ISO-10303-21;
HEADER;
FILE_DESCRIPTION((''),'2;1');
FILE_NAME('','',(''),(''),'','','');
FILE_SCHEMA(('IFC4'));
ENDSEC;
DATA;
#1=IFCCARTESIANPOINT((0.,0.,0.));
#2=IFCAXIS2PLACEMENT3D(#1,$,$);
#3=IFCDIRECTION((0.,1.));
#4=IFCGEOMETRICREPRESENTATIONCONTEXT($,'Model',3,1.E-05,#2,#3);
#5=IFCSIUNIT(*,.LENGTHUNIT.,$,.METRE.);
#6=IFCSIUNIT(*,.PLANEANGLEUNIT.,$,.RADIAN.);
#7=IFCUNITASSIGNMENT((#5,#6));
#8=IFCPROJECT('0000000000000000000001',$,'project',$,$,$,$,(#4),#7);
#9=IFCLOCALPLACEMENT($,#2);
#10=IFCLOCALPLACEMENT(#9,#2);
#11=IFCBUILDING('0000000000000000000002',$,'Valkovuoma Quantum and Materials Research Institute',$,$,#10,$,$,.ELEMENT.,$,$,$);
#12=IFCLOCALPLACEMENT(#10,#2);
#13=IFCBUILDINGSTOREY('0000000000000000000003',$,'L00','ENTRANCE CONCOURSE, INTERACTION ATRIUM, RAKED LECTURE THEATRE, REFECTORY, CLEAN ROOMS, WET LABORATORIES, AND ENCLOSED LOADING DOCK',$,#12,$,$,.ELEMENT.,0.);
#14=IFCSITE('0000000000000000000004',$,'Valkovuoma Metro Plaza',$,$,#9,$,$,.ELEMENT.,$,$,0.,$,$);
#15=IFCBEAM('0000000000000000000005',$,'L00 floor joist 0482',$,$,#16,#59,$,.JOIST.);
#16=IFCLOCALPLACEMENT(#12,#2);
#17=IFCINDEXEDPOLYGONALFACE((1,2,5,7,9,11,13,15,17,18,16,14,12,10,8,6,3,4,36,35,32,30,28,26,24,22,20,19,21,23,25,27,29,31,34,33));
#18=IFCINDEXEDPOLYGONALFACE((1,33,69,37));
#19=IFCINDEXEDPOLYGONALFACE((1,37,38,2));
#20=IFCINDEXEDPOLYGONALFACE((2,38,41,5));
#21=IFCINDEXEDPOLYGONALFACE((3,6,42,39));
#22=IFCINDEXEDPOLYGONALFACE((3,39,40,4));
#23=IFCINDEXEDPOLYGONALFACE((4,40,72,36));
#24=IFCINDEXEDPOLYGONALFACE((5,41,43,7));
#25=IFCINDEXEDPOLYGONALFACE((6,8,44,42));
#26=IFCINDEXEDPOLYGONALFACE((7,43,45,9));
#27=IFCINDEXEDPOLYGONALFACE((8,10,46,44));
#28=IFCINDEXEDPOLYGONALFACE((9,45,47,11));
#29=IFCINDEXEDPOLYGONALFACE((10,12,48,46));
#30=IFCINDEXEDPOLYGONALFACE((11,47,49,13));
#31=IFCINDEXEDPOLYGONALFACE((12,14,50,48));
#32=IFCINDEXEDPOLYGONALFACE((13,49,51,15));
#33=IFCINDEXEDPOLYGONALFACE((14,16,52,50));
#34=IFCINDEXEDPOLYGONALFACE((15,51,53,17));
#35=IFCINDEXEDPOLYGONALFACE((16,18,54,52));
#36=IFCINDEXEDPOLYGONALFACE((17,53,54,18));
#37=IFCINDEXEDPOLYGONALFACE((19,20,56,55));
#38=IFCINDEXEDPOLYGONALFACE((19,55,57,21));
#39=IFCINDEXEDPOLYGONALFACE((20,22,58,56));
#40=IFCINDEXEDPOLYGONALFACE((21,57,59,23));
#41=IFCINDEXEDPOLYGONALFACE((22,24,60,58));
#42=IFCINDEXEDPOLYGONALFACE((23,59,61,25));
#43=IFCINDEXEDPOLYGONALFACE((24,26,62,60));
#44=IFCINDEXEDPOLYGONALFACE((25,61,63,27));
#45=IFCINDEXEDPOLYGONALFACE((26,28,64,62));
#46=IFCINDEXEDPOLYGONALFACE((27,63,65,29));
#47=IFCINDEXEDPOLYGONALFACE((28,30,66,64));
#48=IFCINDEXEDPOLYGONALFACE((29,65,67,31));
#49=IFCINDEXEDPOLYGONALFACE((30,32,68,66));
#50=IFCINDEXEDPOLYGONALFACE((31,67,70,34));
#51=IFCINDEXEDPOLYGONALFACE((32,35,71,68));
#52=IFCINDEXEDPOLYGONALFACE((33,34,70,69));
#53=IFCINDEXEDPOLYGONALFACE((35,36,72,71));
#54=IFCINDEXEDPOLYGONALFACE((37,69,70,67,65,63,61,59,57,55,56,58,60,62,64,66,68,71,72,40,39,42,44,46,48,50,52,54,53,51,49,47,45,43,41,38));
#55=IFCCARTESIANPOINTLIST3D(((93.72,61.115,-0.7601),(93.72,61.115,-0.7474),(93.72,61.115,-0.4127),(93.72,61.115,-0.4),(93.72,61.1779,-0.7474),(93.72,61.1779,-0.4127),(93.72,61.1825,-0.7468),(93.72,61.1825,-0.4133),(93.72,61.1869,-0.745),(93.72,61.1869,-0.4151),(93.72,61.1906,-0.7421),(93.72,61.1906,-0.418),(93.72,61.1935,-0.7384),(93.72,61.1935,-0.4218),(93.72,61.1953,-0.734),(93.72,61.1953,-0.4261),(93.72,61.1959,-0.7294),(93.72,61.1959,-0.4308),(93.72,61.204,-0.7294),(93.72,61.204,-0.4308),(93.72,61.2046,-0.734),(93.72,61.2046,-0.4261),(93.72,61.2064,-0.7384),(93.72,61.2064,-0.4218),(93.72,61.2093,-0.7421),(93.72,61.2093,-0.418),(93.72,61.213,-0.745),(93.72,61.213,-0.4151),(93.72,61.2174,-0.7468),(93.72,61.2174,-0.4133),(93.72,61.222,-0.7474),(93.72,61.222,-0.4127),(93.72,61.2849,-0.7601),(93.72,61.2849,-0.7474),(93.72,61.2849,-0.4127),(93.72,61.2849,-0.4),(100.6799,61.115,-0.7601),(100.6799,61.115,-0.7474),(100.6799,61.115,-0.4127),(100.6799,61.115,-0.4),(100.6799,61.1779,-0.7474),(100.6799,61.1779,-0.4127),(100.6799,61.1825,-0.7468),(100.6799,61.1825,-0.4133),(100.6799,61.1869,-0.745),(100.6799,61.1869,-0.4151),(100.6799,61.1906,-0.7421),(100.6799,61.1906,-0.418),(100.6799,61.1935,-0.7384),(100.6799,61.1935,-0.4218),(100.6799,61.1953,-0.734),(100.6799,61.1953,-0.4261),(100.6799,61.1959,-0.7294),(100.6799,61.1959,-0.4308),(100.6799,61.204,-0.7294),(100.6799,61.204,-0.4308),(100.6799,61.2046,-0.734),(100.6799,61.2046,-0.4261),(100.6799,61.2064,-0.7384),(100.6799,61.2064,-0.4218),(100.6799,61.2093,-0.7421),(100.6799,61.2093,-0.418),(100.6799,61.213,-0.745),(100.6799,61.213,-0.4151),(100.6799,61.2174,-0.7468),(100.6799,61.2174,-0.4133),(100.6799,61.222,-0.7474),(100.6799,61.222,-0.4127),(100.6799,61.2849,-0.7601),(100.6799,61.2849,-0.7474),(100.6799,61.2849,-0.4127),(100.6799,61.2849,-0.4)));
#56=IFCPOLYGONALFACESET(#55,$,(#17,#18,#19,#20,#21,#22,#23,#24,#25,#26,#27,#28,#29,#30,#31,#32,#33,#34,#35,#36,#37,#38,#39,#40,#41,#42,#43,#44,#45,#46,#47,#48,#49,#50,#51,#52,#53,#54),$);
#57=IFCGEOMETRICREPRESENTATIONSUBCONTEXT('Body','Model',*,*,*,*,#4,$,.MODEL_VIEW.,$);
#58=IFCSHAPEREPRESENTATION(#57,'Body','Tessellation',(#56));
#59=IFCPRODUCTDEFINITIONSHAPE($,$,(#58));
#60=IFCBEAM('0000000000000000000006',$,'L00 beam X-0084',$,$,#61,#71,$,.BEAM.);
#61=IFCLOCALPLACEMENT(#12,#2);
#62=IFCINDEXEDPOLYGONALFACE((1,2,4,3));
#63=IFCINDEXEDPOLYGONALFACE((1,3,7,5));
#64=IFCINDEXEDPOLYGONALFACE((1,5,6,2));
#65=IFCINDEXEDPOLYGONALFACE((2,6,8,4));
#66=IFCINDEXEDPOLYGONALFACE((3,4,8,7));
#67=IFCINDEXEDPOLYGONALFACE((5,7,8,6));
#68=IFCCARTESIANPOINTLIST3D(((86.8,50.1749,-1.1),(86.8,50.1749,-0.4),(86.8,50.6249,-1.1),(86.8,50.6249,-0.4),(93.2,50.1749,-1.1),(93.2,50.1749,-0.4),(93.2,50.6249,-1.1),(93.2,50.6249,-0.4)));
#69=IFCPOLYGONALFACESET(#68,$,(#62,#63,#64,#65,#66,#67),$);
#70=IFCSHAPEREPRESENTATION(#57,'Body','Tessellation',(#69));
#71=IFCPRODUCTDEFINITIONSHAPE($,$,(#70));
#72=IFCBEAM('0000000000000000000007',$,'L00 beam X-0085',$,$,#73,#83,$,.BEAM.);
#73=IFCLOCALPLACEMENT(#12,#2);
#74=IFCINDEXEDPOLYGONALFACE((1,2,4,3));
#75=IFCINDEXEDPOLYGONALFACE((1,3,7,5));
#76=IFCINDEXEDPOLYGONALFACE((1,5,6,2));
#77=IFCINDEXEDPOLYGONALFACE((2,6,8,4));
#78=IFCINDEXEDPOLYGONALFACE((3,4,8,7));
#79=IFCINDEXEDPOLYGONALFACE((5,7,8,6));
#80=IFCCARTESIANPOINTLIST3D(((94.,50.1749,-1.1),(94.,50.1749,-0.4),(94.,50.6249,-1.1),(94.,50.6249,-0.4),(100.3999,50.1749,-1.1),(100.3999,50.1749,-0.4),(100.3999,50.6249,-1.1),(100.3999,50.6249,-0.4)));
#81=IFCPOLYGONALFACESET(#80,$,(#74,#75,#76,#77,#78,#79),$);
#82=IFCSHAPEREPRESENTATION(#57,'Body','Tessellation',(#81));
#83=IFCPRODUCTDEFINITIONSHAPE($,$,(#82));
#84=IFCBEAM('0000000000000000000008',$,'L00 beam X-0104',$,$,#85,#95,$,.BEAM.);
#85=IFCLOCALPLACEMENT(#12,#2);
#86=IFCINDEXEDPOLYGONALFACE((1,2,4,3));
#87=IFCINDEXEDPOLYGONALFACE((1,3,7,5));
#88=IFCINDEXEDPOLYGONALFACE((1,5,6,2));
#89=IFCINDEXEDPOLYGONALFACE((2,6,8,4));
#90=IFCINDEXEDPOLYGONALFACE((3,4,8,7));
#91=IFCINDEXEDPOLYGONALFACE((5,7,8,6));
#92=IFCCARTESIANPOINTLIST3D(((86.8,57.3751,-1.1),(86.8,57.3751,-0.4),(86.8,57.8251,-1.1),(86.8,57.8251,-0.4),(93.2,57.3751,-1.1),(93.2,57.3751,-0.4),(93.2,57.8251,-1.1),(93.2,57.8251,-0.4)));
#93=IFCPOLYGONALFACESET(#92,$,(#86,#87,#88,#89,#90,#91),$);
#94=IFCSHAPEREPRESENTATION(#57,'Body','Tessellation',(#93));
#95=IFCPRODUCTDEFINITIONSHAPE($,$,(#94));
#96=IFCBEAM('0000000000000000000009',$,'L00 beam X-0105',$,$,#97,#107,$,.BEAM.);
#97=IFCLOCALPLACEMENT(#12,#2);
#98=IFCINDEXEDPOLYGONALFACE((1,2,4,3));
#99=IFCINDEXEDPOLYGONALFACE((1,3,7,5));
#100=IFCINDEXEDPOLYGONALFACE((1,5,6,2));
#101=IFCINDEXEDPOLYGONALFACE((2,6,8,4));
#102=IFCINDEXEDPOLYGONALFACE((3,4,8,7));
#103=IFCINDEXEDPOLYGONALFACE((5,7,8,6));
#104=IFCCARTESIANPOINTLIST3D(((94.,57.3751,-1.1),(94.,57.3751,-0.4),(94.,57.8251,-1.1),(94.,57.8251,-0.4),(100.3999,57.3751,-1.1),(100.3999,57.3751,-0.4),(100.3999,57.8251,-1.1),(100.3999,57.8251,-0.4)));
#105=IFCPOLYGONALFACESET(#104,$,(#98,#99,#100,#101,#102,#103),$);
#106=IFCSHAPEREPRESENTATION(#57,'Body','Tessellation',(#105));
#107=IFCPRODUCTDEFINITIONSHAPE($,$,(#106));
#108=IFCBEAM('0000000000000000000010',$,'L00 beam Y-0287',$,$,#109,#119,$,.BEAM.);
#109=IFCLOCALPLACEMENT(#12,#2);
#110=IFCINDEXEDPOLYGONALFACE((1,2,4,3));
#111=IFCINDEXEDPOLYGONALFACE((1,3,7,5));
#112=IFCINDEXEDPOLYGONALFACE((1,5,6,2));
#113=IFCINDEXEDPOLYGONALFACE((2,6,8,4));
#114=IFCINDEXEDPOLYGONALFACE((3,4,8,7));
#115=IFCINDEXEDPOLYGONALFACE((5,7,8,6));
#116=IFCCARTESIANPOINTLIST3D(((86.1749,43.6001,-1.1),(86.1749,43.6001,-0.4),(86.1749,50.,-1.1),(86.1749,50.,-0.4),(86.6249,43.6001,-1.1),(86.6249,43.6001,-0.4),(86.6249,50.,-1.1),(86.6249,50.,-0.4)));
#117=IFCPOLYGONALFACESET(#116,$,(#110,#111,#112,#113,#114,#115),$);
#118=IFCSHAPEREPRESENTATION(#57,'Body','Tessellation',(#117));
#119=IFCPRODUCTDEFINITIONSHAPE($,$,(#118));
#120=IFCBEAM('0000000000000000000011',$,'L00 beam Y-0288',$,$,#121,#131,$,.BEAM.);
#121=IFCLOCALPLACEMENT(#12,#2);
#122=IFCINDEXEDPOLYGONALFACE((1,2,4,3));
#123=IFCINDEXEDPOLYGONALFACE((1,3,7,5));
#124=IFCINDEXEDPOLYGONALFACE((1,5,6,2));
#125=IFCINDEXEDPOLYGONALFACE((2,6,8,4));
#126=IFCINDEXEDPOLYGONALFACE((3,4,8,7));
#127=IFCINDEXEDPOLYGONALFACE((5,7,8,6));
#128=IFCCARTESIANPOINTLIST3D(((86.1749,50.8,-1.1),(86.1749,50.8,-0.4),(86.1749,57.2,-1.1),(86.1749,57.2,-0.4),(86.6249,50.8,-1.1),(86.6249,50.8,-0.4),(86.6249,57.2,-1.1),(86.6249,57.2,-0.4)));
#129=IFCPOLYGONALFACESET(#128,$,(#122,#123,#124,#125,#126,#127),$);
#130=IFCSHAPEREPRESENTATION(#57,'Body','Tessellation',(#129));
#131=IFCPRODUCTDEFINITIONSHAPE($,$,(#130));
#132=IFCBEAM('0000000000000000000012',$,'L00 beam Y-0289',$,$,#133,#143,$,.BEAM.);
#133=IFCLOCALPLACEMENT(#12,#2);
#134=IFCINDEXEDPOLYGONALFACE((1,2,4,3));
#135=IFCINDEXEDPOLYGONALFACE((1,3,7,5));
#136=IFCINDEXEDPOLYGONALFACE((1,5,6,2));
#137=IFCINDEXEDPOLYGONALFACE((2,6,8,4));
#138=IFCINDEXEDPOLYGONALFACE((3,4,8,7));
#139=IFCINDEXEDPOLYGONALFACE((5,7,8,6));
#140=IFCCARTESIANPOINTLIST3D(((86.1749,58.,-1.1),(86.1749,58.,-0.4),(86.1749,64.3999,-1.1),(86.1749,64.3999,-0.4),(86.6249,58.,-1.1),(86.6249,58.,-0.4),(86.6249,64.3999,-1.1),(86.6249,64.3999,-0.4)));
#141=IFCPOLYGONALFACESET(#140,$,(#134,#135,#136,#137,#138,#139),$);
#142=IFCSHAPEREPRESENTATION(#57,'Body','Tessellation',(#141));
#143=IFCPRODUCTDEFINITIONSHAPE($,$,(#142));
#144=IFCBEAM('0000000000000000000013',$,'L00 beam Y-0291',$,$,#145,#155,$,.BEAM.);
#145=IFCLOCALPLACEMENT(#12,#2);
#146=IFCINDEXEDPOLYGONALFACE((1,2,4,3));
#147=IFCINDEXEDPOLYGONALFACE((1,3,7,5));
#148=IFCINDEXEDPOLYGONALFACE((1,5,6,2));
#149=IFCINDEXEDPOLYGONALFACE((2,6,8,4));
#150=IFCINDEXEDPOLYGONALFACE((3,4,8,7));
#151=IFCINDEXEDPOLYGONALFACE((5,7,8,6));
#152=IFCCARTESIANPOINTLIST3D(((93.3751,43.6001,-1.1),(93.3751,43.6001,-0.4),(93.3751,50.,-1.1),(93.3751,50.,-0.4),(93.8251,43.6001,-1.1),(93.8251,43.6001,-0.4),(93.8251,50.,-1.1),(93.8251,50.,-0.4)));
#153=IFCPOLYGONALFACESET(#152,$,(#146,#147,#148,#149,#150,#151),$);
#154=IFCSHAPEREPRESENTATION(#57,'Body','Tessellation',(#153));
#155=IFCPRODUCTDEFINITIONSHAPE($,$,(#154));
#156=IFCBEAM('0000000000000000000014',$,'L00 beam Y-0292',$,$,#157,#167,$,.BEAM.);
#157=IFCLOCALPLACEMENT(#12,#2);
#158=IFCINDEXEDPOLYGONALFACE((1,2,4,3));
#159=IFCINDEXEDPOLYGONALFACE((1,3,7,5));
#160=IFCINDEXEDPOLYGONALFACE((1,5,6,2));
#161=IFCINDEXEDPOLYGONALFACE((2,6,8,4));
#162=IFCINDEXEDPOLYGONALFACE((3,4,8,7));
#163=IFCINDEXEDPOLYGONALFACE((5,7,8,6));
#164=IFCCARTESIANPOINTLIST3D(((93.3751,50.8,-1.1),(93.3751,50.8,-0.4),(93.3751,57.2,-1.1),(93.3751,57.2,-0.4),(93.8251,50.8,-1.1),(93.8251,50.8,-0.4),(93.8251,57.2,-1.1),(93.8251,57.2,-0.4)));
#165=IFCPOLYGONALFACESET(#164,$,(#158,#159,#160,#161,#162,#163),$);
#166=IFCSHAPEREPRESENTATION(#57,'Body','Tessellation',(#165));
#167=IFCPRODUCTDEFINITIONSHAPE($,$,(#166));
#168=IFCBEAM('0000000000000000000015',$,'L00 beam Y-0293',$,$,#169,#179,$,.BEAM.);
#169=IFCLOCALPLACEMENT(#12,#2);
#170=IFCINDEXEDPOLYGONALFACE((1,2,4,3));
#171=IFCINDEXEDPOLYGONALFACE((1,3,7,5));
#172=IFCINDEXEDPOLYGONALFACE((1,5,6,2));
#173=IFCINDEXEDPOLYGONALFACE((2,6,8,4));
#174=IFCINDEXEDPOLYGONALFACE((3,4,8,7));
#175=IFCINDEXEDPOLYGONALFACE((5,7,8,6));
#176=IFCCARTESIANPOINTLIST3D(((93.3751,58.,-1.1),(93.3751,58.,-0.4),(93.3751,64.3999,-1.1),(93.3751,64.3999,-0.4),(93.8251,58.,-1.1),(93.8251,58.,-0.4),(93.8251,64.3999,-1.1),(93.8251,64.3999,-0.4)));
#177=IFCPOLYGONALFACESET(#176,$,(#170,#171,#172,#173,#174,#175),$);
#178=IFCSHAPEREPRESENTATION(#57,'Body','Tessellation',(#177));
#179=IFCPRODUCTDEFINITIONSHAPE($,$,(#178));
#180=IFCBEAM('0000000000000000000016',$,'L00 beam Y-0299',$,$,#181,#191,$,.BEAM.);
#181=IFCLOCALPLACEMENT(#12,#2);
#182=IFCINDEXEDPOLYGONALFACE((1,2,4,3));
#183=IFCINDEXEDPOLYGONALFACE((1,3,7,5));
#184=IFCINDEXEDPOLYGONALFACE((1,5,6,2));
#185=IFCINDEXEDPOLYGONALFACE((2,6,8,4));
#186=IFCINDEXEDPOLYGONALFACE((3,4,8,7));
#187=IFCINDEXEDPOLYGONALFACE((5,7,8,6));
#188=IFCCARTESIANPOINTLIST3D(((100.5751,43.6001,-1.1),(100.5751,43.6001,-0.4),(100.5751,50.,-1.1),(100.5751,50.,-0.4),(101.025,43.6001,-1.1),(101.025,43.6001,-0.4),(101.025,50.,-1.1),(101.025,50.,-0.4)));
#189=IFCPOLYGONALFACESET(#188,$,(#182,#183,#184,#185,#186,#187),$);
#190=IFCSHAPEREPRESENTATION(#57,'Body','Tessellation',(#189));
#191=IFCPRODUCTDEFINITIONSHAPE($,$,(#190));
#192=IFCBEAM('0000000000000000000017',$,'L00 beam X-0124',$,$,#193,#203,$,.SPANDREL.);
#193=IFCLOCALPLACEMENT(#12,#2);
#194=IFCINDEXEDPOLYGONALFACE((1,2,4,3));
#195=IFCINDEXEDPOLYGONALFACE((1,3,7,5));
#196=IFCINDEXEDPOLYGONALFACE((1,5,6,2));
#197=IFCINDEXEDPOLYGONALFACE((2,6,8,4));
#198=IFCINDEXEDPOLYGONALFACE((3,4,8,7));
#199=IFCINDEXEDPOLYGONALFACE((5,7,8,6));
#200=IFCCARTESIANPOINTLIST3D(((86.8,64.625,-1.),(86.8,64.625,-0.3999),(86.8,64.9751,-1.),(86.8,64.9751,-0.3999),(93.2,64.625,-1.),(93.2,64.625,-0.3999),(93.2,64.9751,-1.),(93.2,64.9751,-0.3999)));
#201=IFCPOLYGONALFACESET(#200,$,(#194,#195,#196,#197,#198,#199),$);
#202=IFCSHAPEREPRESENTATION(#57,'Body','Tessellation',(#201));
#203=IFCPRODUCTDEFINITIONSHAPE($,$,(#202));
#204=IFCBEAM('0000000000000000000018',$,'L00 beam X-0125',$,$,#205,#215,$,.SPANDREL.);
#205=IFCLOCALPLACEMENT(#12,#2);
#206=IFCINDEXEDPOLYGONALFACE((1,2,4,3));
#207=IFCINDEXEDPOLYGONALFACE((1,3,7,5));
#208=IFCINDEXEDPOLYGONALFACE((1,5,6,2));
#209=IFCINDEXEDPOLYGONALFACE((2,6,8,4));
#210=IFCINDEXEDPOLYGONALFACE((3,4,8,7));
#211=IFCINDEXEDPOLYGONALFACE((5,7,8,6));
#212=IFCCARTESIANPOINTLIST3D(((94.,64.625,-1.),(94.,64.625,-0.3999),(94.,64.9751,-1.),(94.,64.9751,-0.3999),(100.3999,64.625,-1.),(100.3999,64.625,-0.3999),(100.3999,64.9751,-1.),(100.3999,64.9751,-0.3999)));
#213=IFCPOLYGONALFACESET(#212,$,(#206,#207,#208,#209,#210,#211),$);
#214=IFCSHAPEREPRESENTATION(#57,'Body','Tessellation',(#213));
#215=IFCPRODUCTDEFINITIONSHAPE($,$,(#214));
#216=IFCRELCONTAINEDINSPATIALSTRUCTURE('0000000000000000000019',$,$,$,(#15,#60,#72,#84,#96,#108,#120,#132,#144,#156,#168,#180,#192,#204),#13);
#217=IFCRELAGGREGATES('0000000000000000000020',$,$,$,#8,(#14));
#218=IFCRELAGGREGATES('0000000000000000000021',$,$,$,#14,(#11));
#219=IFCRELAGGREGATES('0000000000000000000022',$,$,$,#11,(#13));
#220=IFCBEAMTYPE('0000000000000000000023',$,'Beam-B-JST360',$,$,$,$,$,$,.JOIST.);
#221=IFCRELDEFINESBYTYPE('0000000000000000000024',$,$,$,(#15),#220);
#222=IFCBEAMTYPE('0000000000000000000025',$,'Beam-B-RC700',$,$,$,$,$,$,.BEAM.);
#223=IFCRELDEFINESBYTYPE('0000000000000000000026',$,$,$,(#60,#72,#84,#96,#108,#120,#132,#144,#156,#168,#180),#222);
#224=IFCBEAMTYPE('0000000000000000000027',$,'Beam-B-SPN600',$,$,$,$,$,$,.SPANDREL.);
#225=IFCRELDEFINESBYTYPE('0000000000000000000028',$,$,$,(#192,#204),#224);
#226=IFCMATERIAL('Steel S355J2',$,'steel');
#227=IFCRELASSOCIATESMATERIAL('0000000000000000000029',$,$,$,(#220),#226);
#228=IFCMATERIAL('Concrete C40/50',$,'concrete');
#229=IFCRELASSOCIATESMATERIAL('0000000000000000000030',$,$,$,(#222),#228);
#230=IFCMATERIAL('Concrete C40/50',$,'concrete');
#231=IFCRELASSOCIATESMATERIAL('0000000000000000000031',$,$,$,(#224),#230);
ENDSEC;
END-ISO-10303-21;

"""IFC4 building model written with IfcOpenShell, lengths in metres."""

from ifc_helpers import new_model, si_unit, direction, frame, origin, origin_2d, place, context, subcontext, project, spatial, rectangle, i_section, extrude, material, material_profile, profile_set, type_object, element, save


model = new_model("IFC4")

# Units and contexts
model_context = context("Model", 3, precision=1e-05, world=origin(), true_north=direction((0.0, 1.0)))
body_context = subcontext(model_context, "Body", "Model", "MODEL_VIEW")
ifc_project = project(units=[si_unit("LENGTHUNIT", "METRE"), si_unit("PLANEANGLEUNIT", "RADIAN")], contexts=[model_context])

# Site, building, storey
site_placement = place(None, origin())
site = spatial("IfcSite", under=ifc_project, at=site_placement, Name="Valkovuoma Metro Plaza", CompositionType="ELEMENT", RefElevation=0.0)
building_placement = place(site_placement, origin())
building = spatial("IfcBuilding", under=site, at=building_placement, Name="Valkovuoma Quantum and Materials Research Institute", CompositionType="ELEMENT")
storey_placement = place(building_placement, origin())
storey = spatial("IfcBuildingStorey", under=building, at=storey_placement, Name="L00", Description="ENTRANCE CONCOURSE, INTERACTION ATRIUM, RAKED LECTURE THEATRE, REFECTORY, CLEAN ROOMS, WET LABORATORIES, AND ENCLOSED LOADING DOCK", CompositionType="ELEMENT", Elevation=0.0)

# Beams
ifc_material_1 = material(Name="Steel S355J2", Category="steel")
ifc_material_profile_1 = material_profile(ifc_material_1, i_section(OverallWidth=0.1699, OverallDepth=0.3601, WebThickness=0.0081, FlangeThickness=0.0127, FilletRadius=0.0181, at=origin_2d()), Name="Steel S355J2")
ifc_profile_set_1 = profile_set([ifc_material_profile_1], Name="Steel S355J2")
beam_type_1 = type_object("IfcBeamType", Name="Beam-B-JST360", PredefinedType="JOIST", material=ifc_profile_set_1)
for number, where, z_axis, x_axis, name in (
    (1, (93.72, 61.2, -0.5801), (1.0, 0.0, 0.0), (0.0, 1.0, 0.0), "L00 floor joist 0482"),
):
    element("IfcBeam", number, at=place(storey_placement, frame(where, z_axis=z_axis, x_axis=x_axis)), inside=storey, type_object=beam_type_1, Name=name, PredefinedType="JOIST", context=body_context, shape_type="SweptSolid", body=[
        extrude(i_section(OverallWidth=0.1699, OverallDepth=0.3601, WebThickness=0.0081, FlangeThickness=0.0127, FilletRadius=0.0181, at=origin_2d()), origin(), (0.0, 0.0, 1.0), 6.96),
    ])
ifc_material_2 = material(Name="Concrete C40/50", Category="concrete")
ifc_material_profile_2 = material_profile(ifc_material_2, rectangle(XDim=0.45, YDim=0.7, at=origin_2d()), Name="Concrete C40/50")
ifc_profile_set_2 = profile_set([ifc_material_profile_2], Name="Concrete C40/50")
beam_type_2 = type_object("IfcBeamType", Name="Beam-B-RC700", PredefinedType="BEAM", material=ifc_profile_set_2)
for number, where, z_axis, x_axis, name in (
    (2, (86.8, 50.3999, -0.75), (1.0, 0.0, 0.0), (0.0, 1.0, 0.0), "L00 beam X-0084"),
    (3, (94.0, 50.3999, -0.75), (1.0, 0.0, 0.0), (0.0, 1.0, 0.0), "L00 beam X-0085"),
    (4, (86.8, 57.6001, -0.75), (1.0, 0.0, 0.0), (0.0, 1.0, 0.0), "L00 beam X-0104"),
    (5, (94.0, 57.6001, -0.75), (1.0, 0.0, 0.0), (0.0, 1.0, 0.0), "L00 beam X-0105"),
    (6, (86.3999, 43.6001, -0.75), (0.0, 1.0, 0.0), (-1.0, 0.0, 0.0), "L00 beam Y-0287"),
    (7, (86.3999, 50.8, -0.75), (0.0, 1.0, 0.0), (-1.0, 0.0, 0.0), "L00 beam Y-0288"),
    (8, (86.3999, 58.0, -0.75), (0.0, 1.0, 0.0), (-1.0, 0.0, 0.0), "L00 beam Y-0289"),
    (9, (93.6001, 43.6001, -0.75), (0.0, 1.0, 0.0), (-1.0, 0.0, 0.0), "L00 beam Y-0291"),
    (10, (93.6001, 50.8, -0.75), (0.0, 1.0, 0.0), (-1.0, 0.0, 0.0), "L00 beam Y-0292"),
    (11, (93.6001, 58.0, -0.75), (0.0, 1.0, 0.0), (-1.0, 0.0, 0.0), "L00 beam Y-0293"),
    (12, (100.8, 43.6001, -0.75), (0.0, 1.0, 0.0), (-1.0, 0.0, 0.0), "L00 beam Y-0299"),
):
    element("IfcBeam", number, at=place(storey_placement, frame(where, z_axis=z_axis, x_axis=x_axis)), inside=storey, type_object=beam_type_2, Name=name, PredefinedType="BEAM", context=body_context, shape_type="SweptSolid", body=[
        extrude(rectangle(XDim=0.45, YDim=0.7, at=origin_2d()), origin(), (0.0, 0.0, 1.0), 6.3999),
    ])
ifc_material_3 = material(Name="Concrete C40/50", Category="concrete")
ifc_material_profile_3 = material_profile(ifc_material_3, rectangle(XDim=0.3501, YDim=0.6001, at=origin_2d()), Name="Concrete C40/50")
ifc_profile_set_3 = profile_set([ifc_material_profile_3], Name="Concrete C40/50")
beam_type_3 = type_object("IfcBeamType", Name="Beam-B-SPN600", PredefinedType="SPANDREL", material=ifc_profile_set_3)
for number, where, z_axis, x_axis, name in (
    (13, (86.8, 64.8, -0.7), (1.0, 0.0, 0.0), (0.0, 1.0, 0.0), "L00 beam X-0124"),
    (14, (94.0, 64.8, -0.7), (1.0, 0.0, 0.0), (0.0, 1.0, 0.0), "L00 beam X-0125"),
):
    element("IfcBeam", number, at=place(storey_placement, frame(where, z_axis=z_axis, x_axis=x_axis)), inside=storey, type_object=beam_type_3, Name=name, PredefinedType="SPANDREL", context=body_context, shape_type="SweptSolid", body=[
        extrude(rectangle(XDim=0.3501, YDim=0.6001, at=origin_2d()), origin(), (0.0, 0.0, 1.0), 6.3999),
    ])

save(model, "model.ifc")
